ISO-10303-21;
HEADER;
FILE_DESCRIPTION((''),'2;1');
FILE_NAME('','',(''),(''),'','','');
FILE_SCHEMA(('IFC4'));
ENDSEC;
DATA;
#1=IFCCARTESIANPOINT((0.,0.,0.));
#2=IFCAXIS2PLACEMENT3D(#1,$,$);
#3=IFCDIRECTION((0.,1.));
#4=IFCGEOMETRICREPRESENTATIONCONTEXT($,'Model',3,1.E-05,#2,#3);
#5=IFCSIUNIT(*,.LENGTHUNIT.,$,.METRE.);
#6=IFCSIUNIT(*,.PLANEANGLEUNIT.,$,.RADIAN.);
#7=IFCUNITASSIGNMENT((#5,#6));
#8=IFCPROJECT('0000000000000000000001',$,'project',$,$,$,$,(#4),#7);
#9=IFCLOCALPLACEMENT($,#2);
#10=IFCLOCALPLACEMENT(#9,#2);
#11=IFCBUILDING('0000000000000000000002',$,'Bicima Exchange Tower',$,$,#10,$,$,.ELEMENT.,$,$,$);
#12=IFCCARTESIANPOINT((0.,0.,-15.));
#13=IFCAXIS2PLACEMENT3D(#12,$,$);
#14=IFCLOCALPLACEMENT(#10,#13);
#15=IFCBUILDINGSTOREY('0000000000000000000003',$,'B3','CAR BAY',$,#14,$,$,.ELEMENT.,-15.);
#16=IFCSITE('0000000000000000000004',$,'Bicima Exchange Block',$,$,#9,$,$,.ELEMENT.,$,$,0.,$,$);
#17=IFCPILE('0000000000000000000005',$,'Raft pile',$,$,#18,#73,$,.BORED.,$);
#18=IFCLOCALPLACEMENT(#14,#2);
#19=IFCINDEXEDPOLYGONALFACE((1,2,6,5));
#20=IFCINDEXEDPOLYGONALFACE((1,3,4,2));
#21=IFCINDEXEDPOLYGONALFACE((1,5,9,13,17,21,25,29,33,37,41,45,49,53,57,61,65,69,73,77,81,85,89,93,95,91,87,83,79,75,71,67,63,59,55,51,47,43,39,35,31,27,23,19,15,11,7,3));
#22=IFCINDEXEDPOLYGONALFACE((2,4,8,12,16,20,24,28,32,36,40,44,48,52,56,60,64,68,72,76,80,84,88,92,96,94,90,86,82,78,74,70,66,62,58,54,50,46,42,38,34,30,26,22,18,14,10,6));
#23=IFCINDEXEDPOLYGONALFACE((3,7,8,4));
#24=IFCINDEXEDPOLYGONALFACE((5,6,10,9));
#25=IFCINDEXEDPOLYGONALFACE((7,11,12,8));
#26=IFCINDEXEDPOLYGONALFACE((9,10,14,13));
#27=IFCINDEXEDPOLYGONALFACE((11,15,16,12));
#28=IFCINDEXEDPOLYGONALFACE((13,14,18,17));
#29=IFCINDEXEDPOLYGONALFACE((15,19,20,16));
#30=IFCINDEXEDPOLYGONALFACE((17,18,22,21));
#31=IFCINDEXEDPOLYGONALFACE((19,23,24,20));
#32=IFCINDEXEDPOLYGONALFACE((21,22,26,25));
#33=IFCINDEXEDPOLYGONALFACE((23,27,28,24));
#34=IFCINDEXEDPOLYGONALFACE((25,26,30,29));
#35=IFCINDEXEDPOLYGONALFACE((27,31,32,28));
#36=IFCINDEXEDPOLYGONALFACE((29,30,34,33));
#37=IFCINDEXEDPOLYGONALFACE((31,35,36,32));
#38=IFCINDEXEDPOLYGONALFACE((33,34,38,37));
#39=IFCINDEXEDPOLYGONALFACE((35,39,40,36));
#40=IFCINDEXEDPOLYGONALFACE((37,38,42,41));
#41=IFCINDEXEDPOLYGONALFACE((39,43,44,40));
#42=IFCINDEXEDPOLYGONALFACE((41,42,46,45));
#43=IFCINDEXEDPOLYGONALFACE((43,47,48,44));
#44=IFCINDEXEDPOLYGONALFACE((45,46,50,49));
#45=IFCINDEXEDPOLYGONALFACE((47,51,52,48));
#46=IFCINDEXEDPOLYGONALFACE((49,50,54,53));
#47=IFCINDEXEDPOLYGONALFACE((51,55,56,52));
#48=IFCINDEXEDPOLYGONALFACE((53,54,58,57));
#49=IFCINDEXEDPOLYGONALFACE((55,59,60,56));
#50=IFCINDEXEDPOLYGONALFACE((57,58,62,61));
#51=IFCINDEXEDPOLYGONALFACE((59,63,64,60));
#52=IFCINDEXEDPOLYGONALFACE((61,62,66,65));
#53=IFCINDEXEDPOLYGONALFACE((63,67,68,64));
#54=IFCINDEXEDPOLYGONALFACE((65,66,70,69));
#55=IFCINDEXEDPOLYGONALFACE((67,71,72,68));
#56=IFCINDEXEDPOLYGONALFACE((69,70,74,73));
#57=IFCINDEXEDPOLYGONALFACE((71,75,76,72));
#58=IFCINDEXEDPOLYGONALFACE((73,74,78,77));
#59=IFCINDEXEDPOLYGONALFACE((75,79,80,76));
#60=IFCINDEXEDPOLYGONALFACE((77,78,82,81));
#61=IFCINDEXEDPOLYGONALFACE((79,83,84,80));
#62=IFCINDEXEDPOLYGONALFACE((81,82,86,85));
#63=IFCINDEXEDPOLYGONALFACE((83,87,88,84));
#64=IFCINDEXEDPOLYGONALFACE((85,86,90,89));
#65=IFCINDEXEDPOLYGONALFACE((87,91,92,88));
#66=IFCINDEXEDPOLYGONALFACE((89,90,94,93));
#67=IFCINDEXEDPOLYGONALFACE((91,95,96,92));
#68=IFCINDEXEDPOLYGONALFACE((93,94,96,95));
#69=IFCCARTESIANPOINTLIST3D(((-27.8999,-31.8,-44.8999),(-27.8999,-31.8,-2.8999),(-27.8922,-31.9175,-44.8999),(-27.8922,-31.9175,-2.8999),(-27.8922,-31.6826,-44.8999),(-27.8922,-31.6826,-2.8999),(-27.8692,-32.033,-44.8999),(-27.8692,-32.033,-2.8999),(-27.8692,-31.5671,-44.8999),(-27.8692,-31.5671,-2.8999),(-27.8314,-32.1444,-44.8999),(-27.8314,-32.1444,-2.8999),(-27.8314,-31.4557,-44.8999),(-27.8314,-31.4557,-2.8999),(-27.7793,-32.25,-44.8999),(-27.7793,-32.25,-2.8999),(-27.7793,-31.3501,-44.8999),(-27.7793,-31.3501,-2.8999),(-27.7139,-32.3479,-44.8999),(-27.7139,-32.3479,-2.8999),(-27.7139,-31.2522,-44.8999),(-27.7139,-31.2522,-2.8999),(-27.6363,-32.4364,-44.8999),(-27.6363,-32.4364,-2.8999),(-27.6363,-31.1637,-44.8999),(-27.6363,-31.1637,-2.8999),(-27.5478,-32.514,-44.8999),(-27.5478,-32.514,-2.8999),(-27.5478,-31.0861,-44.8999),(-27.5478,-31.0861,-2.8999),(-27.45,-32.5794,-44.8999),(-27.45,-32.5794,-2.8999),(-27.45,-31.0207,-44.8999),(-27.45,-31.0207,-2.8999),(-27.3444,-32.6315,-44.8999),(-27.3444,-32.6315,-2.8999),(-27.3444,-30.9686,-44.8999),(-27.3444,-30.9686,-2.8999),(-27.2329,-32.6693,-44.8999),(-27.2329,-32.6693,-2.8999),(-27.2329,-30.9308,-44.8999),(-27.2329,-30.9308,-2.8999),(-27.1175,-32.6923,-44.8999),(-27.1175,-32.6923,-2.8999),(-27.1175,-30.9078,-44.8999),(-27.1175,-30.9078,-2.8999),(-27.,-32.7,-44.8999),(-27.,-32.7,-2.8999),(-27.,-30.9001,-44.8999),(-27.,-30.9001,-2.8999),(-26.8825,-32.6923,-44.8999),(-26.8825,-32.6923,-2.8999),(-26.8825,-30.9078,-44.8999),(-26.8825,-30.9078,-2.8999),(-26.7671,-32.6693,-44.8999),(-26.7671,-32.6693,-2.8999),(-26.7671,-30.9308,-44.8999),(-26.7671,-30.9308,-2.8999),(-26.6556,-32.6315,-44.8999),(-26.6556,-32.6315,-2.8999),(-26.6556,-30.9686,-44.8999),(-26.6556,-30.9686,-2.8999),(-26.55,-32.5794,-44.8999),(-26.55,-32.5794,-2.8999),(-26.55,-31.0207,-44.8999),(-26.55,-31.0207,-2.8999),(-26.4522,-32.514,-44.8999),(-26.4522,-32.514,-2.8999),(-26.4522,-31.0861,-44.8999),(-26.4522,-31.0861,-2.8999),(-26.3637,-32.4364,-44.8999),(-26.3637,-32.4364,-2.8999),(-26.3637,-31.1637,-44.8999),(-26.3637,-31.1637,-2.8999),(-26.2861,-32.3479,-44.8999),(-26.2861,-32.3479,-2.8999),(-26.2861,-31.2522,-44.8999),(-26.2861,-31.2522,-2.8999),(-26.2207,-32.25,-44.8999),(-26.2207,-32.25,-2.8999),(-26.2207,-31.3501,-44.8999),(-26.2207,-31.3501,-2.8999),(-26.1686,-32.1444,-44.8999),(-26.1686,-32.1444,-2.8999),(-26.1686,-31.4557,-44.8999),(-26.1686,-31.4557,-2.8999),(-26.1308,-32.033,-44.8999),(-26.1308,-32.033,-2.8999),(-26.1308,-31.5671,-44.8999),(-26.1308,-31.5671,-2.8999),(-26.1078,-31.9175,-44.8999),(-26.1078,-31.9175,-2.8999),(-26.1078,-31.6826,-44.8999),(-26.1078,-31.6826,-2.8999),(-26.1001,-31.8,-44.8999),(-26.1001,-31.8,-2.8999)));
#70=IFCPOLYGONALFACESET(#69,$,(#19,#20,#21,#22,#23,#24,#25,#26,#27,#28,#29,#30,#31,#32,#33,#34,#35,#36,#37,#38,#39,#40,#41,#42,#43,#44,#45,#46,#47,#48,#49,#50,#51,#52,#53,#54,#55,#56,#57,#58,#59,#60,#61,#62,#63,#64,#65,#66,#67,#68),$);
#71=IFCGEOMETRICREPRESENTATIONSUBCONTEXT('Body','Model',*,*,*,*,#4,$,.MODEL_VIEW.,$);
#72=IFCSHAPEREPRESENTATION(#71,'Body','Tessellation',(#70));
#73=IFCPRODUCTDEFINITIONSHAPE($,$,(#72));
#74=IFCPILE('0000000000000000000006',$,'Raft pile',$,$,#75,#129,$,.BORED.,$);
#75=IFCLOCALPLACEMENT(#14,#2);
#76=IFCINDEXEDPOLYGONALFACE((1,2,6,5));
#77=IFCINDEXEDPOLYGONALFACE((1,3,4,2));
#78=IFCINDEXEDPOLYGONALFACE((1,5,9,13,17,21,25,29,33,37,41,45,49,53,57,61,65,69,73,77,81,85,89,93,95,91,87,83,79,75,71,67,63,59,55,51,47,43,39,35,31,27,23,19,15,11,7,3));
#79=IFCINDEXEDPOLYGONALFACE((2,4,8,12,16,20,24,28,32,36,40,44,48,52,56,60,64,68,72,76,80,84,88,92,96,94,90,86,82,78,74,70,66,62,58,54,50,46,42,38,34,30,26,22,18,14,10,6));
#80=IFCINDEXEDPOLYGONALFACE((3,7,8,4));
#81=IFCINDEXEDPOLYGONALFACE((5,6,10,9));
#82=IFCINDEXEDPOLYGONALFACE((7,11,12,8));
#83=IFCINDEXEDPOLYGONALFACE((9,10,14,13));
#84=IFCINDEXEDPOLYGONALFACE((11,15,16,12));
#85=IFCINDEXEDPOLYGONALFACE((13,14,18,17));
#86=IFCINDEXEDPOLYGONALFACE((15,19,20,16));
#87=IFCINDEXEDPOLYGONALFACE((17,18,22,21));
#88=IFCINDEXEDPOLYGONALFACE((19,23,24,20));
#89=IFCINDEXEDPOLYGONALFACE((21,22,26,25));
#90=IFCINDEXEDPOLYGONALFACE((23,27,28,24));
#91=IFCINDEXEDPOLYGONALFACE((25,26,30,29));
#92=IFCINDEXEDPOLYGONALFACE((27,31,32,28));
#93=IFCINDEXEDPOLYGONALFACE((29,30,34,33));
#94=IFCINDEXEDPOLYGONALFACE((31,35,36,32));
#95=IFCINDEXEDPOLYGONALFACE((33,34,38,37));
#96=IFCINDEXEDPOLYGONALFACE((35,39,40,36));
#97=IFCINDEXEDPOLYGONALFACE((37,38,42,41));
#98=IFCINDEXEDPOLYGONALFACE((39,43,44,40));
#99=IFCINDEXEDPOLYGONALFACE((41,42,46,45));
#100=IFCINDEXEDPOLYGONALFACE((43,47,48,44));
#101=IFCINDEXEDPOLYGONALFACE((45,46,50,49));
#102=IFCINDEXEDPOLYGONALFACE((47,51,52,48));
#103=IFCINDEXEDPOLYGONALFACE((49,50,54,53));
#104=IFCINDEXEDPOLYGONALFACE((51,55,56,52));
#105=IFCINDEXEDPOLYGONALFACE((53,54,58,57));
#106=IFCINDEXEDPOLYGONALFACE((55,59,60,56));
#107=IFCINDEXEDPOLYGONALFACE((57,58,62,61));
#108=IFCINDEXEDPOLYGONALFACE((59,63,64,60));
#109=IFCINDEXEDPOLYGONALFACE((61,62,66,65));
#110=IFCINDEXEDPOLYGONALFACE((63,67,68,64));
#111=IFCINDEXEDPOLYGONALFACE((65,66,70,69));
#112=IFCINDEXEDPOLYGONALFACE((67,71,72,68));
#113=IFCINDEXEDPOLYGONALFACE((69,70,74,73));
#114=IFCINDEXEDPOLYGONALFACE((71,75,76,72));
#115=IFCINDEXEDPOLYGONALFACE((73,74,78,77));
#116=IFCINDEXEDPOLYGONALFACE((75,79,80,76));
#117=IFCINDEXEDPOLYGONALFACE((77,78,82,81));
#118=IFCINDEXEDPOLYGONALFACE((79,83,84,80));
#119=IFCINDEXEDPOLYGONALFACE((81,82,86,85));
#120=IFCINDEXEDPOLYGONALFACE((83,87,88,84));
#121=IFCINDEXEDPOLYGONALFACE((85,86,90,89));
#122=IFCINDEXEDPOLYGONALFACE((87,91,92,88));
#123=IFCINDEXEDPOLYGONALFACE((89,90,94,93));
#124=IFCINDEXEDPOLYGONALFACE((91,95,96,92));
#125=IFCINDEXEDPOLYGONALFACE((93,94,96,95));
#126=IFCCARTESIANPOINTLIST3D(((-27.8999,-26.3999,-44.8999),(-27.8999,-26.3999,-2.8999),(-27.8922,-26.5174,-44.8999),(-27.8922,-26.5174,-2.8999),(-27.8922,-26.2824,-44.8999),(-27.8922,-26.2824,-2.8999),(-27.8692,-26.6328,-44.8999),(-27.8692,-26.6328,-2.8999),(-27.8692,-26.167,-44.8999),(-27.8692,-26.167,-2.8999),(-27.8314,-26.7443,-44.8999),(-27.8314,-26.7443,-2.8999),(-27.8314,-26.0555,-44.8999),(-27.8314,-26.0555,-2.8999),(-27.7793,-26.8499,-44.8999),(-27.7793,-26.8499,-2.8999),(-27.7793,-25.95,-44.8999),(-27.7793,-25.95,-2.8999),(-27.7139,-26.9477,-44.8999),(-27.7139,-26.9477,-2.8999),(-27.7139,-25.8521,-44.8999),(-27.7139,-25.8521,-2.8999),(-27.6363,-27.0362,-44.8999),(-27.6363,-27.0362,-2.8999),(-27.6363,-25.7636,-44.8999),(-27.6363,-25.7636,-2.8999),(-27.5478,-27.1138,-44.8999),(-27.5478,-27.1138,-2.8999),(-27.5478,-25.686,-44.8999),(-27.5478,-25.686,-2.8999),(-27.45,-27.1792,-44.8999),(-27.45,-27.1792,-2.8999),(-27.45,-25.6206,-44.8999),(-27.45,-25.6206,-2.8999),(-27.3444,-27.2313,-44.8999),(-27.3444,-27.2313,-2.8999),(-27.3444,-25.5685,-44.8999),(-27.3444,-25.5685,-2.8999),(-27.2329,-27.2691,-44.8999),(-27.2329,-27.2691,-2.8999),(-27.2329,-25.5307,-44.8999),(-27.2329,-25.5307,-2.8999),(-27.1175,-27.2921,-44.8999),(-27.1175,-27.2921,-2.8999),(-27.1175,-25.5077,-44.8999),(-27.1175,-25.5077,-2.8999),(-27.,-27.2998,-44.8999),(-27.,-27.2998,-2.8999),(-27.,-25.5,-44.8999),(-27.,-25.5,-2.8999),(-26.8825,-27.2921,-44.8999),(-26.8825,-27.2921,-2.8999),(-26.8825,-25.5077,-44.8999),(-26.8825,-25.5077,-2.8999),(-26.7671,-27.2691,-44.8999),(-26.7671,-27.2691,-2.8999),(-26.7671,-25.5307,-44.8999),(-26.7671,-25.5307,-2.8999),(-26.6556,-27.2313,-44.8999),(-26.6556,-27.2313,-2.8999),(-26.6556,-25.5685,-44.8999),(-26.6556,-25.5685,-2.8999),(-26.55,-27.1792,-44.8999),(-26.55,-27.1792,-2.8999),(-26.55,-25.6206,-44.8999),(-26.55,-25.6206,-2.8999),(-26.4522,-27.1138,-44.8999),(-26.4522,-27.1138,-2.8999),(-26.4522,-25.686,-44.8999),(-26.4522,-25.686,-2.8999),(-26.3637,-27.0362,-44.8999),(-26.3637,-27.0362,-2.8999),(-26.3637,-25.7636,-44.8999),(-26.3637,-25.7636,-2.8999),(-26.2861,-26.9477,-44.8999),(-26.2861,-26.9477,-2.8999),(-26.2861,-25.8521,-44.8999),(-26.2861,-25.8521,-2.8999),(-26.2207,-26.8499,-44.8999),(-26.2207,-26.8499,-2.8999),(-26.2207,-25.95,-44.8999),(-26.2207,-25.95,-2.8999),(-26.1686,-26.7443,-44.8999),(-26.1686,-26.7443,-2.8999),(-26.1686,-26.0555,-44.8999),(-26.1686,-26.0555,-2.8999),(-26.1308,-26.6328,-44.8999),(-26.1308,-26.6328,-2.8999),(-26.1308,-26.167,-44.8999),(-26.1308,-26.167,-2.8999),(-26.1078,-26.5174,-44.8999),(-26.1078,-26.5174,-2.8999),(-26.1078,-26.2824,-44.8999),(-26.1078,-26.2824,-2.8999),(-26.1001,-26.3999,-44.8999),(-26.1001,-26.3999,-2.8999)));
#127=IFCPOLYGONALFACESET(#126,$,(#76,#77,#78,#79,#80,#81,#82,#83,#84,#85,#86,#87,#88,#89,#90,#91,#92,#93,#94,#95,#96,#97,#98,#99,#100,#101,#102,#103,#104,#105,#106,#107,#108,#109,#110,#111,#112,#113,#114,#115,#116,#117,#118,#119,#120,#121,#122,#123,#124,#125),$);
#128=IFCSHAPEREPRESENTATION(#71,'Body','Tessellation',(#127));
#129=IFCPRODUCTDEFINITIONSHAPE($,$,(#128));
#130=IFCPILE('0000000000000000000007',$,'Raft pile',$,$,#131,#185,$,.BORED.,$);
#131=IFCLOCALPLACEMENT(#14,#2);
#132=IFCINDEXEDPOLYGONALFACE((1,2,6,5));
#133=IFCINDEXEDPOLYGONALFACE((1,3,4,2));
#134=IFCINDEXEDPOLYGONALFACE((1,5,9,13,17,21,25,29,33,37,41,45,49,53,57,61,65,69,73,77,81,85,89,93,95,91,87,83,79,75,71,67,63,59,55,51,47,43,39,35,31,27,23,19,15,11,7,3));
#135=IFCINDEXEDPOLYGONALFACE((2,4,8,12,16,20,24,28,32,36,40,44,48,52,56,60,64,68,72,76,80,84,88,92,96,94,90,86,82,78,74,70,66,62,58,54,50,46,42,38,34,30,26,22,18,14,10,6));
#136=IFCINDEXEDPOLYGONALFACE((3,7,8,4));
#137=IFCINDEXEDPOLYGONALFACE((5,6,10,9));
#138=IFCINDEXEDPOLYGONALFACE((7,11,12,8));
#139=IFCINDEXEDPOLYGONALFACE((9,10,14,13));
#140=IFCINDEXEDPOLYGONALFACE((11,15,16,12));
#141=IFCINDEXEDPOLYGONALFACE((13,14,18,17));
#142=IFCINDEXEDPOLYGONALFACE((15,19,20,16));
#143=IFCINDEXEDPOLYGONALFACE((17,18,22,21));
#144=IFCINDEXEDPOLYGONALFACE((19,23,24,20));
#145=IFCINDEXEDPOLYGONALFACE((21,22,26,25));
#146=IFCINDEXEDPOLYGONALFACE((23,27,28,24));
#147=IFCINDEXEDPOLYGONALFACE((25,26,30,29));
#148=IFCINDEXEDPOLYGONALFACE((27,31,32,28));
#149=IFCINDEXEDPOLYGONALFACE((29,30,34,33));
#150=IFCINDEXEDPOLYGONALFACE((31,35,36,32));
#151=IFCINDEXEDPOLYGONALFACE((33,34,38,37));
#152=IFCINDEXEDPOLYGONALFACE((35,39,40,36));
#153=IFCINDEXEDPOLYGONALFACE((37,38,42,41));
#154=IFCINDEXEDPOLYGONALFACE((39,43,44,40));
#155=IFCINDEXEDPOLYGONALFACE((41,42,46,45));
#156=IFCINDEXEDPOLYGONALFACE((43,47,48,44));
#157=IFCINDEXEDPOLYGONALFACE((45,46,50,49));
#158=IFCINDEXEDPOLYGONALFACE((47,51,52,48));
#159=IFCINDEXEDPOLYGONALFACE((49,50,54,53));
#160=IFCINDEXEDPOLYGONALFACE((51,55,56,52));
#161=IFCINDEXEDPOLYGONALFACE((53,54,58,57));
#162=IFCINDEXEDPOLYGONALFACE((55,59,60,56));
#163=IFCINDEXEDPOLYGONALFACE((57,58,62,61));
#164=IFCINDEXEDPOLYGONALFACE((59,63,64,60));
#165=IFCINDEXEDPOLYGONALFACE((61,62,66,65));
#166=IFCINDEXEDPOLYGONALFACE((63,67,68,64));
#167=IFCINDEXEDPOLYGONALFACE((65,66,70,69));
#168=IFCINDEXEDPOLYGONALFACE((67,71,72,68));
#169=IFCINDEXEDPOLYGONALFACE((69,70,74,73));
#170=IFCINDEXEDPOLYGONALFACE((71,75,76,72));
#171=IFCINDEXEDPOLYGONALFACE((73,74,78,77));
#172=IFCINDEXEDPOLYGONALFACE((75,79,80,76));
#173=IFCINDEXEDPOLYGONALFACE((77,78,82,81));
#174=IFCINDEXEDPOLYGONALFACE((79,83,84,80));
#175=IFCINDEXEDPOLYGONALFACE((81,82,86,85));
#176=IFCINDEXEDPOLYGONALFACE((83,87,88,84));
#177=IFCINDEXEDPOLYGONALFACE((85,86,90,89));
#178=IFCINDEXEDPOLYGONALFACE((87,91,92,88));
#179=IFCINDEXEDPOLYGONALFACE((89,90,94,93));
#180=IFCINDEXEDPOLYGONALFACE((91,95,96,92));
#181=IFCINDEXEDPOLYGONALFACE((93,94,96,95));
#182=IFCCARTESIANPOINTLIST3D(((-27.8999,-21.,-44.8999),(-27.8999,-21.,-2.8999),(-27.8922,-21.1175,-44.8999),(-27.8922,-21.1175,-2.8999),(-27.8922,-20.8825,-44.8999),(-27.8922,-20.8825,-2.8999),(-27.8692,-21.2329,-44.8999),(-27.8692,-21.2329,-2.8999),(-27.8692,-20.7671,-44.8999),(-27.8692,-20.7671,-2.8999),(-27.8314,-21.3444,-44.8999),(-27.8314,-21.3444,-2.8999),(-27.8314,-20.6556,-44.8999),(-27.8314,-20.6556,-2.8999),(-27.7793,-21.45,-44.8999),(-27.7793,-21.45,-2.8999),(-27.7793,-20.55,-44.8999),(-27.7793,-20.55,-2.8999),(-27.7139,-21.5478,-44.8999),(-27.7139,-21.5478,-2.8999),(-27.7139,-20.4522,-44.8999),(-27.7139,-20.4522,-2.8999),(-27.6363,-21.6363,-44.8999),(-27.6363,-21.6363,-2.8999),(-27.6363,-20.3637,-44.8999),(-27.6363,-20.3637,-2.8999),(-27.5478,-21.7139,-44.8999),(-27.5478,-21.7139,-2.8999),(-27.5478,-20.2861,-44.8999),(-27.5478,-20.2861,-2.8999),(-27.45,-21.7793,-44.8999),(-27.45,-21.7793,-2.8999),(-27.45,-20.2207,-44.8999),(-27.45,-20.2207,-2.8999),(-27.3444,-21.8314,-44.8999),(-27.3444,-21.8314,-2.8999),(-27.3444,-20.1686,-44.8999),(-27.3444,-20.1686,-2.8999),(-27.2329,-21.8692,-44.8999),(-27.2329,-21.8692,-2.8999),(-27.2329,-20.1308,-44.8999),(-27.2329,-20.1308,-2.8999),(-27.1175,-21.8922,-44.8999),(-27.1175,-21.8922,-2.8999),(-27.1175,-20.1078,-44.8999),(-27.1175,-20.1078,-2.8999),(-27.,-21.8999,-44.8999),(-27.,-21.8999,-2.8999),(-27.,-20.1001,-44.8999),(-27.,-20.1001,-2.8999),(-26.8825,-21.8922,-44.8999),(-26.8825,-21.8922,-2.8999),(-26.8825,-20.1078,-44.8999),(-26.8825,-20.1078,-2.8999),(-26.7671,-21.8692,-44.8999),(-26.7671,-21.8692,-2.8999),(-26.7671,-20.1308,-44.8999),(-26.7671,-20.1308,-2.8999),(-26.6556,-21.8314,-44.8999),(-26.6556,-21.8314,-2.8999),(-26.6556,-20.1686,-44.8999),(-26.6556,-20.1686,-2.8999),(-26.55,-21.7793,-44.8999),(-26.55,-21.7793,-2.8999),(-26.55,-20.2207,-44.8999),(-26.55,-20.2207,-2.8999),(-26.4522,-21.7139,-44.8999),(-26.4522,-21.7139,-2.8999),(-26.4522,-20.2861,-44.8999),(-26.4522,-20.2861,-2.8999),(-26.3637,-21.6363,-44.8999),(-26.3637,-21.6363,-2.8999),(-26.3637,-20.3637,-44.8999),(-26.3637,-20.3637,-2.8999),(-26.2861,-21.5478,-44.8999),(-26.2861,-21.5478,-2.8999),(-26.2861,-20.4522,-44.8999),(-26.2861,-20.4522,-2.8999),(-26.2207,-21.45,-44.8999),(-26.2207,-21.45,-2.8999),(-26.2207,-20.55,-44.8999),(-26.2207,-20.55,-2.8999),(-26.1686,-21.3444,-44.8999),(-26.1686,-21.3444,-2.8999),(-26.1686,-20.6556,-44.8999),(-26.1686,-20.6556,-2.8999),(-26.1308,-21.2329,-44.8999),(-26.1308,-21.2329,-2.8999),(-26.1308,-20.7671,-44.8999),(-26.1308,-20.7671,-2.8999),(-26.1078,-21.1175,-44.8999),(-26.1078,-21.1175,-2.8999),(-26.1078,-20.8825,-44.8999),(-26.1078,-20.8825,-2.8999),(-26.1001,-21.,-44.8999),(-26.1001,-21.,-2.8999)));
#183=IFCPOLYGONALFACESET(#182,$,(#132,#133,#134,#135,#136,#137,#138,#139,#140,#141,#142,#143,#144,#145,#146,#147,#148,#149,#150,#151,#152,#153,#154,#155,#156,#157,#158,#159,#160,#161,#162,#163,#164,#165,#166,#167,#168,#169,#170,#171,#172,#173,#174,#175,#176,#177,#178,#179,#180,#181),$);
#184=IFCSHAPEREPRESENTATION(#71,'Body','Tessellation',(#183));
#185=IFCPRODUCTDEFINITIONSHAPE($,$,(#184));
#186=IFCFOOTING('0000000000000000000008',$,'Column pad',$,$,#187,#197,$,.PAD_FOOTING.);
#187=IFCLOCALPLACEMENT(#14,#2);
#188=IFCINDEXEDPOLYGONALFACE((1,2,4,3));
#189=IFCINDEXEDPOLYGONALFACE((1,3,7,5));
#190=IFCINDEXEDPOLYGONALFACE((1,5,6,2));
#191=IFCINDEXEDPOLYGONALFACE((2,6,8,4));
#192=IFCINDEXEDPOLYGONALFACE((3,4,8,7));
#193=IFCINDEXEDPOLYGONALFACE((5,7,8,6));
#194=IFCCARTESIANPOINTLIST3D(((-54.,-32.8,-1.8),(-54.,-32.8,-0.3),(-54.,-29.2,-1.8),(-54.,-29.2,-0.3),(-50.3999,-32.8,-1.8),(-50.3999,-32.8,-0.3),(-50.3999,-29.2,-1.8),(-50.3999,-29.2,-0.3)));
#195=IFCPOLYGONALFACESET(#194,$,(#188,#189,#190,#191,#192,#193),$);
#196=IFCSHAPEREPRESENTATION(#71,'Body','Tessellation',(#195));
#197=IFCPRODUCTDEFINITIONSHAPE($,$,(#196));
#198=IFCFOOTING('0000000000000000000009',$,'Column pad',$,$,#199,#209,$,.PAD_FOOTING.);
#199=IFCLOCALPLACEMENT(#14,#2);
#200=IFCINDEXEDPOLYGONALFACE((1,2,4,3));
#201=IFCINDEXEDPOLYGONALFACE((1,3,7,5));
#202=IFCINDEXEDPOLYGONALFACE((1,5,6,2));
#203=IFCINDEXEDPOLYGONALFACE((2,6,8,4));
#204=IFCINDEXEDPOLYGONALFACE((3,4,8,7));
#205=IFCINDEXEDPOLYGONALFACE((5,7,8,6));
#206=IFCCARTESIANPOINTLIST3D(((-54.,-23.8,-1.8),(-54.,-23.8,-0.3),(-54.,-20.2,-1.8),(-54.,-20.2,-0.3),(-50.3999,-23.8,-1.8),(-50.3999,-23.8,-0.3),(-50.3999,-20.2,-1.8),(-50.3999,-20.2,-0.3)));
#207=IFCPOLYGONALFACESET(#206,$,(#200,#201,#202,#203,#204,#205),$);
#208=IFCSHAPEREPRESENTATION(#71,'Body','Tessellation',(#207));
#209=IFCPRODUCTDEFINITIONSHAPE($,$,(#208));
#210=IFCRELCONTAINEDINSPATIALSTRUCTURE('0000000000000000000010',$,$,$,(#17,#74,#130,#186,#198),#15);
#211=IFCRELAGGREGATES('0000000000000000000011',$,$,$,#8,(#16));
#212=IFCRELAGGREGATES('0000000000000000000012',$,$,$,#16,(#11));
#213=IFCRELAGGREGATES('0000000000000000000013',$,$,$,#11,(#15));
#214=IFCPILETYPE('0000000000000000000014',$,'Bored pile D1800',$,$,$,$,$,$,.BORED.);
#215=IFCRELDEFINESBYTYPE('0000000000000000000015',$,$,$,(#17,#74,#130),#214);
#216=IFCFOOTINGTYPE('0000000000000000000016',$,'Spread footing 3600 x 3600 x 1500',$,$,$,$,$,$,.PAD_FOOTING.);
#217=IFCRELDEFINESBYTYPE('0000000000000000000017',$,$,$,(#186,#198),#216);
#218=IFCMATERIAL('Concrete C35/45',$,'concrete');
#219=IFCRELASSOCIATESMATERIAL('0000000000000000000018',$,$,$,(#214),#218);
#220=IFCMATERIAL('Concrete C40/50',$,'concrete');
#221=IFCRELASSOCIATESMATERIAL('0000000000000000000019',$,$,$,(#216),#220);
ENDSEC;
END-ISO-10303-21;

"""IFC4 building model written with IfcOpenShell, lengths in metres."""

from ifc_helpers import new_model, si_unit, direction, frame, origin, origin_2d, place, context, subcontext, project, spatial, rectangle, circle, extrude, material, material_profile, profile_set, type_object, element, save


model = new_model("IFC4")

# Units and contexts
model_context = context("Model", 3, precision=1e-05, world=origin(), true_north=direction((0.0, 1.0)))
body_context = subcontext(model_context, "Body", "Model", "MODEL_VIEW")
ifc_project = project(units=[si_unit("LENGTHUNIT", "METRE"), si_unit("PLANEANGLEUNIT", "RADIAN")], contexts=[model_context])

# Site, building, storey
site_placement = place(None, origin())
site = spatial("IfcSite", under=ifc_project, at=site_placement, Name="Bicima Exchange Block", CompositionType="ELEMENT", RefElevation=0.0)
building_placement = place(site_placement, origin())
building = spatial("IfcBuilding", under=site, at=building_placement, Name="Bicima Exchange Tower", CompositionType="ELEMENT")
storey_placement = place(building_placement, frame((0.0, 0.0, -15.0)))
storey = spatial("IfcBuildingStorey", under=building, at=storey_placement, Name="B3", Description="CAR BAY", CompositionType="ELEMENT", Elevation=-15.0)

# Piles
ifc_material_1 = material(Name="Concrete C35/45", Category="concrete")
ifc_material_profile_1 = material_profile(ifc_material_1, circle(Radius=0.8999, at=origin_2d()))
ifc_profile_set_1 = profile_set([ifc_material_profile_1], Name="Concrete C35/45")
pile_type = type_object("IfcPileType", Name="Bored pile D1800", PredefinedType="BORED", material=ifc_profile_set_1)
for number, where, z_axis, x_axis, name in (
    (1, (-27.0, -31.8, -2.8999), (0.0, 0.0, -1.0), (1.0, 0.0, 0.0), "Raft pile"),
    (2, (-27.0, -26.3999, -2.8999), (0.0, 0.0, -1.0), (1.0, 0.0, 0.0), "Raft pile"),
    (3, (-27.0, -21.0, -2.8999), (0.0, 0.0, -1.0), (1.0, 0.0, 0.0), "Raft pile"),
):
    element("IfcPile", number, at=place(storey_placement, frame(where, z_axis=z_axis, x_axis=x_axis)), inside=storey, type_object=pile_type, Name=name, PredefinedType="BORED", context=body_context, shape_type="SweptSolid", body=[
        extrude(circle(Radius=0.8999, at=origin_2d()), origin(), (0.0, 0.0, 1.0), 42.0),
    ])

# Footings
ifc_material_2 = material(Name="Concrete C40/50", Category="concrete")
footing_type = type_object("IfcFootingType", Name="Spread footing 3600 x 3600 x 1500", PredefinedType="PAD_FOOTING", material=ifc_material_2)
for number, where, z_axis, x_axis, name in (
    (4, (-52.2, -31.0, -1.8), (0.0, 0.0, 1.0), (1.0, 0.0, 0.0), "Column pad"),
    (5, (-52.2, -22.0, -1.8), (0.0, 0.0, 1.0), (1.0, 0.0, 0.0), "Column pad"),
):
    element("IfcFooting", number, at=place(storey_placement, frame(where, z_axis=z_axis, x_axis=x_axis)), inside=storey, type_object=footing_type, Name=name, PredefinedType="PAD_FOOTING", context=body_context, shape_type="SweptSolid", body=[
        extrude(rectangle(XDim=3.6001, YDim=3.6001, at=origin_2d()), origin(), (0.0, 0.0, 1.0), 1.5),
    ])

save(model, "model.ifc")
